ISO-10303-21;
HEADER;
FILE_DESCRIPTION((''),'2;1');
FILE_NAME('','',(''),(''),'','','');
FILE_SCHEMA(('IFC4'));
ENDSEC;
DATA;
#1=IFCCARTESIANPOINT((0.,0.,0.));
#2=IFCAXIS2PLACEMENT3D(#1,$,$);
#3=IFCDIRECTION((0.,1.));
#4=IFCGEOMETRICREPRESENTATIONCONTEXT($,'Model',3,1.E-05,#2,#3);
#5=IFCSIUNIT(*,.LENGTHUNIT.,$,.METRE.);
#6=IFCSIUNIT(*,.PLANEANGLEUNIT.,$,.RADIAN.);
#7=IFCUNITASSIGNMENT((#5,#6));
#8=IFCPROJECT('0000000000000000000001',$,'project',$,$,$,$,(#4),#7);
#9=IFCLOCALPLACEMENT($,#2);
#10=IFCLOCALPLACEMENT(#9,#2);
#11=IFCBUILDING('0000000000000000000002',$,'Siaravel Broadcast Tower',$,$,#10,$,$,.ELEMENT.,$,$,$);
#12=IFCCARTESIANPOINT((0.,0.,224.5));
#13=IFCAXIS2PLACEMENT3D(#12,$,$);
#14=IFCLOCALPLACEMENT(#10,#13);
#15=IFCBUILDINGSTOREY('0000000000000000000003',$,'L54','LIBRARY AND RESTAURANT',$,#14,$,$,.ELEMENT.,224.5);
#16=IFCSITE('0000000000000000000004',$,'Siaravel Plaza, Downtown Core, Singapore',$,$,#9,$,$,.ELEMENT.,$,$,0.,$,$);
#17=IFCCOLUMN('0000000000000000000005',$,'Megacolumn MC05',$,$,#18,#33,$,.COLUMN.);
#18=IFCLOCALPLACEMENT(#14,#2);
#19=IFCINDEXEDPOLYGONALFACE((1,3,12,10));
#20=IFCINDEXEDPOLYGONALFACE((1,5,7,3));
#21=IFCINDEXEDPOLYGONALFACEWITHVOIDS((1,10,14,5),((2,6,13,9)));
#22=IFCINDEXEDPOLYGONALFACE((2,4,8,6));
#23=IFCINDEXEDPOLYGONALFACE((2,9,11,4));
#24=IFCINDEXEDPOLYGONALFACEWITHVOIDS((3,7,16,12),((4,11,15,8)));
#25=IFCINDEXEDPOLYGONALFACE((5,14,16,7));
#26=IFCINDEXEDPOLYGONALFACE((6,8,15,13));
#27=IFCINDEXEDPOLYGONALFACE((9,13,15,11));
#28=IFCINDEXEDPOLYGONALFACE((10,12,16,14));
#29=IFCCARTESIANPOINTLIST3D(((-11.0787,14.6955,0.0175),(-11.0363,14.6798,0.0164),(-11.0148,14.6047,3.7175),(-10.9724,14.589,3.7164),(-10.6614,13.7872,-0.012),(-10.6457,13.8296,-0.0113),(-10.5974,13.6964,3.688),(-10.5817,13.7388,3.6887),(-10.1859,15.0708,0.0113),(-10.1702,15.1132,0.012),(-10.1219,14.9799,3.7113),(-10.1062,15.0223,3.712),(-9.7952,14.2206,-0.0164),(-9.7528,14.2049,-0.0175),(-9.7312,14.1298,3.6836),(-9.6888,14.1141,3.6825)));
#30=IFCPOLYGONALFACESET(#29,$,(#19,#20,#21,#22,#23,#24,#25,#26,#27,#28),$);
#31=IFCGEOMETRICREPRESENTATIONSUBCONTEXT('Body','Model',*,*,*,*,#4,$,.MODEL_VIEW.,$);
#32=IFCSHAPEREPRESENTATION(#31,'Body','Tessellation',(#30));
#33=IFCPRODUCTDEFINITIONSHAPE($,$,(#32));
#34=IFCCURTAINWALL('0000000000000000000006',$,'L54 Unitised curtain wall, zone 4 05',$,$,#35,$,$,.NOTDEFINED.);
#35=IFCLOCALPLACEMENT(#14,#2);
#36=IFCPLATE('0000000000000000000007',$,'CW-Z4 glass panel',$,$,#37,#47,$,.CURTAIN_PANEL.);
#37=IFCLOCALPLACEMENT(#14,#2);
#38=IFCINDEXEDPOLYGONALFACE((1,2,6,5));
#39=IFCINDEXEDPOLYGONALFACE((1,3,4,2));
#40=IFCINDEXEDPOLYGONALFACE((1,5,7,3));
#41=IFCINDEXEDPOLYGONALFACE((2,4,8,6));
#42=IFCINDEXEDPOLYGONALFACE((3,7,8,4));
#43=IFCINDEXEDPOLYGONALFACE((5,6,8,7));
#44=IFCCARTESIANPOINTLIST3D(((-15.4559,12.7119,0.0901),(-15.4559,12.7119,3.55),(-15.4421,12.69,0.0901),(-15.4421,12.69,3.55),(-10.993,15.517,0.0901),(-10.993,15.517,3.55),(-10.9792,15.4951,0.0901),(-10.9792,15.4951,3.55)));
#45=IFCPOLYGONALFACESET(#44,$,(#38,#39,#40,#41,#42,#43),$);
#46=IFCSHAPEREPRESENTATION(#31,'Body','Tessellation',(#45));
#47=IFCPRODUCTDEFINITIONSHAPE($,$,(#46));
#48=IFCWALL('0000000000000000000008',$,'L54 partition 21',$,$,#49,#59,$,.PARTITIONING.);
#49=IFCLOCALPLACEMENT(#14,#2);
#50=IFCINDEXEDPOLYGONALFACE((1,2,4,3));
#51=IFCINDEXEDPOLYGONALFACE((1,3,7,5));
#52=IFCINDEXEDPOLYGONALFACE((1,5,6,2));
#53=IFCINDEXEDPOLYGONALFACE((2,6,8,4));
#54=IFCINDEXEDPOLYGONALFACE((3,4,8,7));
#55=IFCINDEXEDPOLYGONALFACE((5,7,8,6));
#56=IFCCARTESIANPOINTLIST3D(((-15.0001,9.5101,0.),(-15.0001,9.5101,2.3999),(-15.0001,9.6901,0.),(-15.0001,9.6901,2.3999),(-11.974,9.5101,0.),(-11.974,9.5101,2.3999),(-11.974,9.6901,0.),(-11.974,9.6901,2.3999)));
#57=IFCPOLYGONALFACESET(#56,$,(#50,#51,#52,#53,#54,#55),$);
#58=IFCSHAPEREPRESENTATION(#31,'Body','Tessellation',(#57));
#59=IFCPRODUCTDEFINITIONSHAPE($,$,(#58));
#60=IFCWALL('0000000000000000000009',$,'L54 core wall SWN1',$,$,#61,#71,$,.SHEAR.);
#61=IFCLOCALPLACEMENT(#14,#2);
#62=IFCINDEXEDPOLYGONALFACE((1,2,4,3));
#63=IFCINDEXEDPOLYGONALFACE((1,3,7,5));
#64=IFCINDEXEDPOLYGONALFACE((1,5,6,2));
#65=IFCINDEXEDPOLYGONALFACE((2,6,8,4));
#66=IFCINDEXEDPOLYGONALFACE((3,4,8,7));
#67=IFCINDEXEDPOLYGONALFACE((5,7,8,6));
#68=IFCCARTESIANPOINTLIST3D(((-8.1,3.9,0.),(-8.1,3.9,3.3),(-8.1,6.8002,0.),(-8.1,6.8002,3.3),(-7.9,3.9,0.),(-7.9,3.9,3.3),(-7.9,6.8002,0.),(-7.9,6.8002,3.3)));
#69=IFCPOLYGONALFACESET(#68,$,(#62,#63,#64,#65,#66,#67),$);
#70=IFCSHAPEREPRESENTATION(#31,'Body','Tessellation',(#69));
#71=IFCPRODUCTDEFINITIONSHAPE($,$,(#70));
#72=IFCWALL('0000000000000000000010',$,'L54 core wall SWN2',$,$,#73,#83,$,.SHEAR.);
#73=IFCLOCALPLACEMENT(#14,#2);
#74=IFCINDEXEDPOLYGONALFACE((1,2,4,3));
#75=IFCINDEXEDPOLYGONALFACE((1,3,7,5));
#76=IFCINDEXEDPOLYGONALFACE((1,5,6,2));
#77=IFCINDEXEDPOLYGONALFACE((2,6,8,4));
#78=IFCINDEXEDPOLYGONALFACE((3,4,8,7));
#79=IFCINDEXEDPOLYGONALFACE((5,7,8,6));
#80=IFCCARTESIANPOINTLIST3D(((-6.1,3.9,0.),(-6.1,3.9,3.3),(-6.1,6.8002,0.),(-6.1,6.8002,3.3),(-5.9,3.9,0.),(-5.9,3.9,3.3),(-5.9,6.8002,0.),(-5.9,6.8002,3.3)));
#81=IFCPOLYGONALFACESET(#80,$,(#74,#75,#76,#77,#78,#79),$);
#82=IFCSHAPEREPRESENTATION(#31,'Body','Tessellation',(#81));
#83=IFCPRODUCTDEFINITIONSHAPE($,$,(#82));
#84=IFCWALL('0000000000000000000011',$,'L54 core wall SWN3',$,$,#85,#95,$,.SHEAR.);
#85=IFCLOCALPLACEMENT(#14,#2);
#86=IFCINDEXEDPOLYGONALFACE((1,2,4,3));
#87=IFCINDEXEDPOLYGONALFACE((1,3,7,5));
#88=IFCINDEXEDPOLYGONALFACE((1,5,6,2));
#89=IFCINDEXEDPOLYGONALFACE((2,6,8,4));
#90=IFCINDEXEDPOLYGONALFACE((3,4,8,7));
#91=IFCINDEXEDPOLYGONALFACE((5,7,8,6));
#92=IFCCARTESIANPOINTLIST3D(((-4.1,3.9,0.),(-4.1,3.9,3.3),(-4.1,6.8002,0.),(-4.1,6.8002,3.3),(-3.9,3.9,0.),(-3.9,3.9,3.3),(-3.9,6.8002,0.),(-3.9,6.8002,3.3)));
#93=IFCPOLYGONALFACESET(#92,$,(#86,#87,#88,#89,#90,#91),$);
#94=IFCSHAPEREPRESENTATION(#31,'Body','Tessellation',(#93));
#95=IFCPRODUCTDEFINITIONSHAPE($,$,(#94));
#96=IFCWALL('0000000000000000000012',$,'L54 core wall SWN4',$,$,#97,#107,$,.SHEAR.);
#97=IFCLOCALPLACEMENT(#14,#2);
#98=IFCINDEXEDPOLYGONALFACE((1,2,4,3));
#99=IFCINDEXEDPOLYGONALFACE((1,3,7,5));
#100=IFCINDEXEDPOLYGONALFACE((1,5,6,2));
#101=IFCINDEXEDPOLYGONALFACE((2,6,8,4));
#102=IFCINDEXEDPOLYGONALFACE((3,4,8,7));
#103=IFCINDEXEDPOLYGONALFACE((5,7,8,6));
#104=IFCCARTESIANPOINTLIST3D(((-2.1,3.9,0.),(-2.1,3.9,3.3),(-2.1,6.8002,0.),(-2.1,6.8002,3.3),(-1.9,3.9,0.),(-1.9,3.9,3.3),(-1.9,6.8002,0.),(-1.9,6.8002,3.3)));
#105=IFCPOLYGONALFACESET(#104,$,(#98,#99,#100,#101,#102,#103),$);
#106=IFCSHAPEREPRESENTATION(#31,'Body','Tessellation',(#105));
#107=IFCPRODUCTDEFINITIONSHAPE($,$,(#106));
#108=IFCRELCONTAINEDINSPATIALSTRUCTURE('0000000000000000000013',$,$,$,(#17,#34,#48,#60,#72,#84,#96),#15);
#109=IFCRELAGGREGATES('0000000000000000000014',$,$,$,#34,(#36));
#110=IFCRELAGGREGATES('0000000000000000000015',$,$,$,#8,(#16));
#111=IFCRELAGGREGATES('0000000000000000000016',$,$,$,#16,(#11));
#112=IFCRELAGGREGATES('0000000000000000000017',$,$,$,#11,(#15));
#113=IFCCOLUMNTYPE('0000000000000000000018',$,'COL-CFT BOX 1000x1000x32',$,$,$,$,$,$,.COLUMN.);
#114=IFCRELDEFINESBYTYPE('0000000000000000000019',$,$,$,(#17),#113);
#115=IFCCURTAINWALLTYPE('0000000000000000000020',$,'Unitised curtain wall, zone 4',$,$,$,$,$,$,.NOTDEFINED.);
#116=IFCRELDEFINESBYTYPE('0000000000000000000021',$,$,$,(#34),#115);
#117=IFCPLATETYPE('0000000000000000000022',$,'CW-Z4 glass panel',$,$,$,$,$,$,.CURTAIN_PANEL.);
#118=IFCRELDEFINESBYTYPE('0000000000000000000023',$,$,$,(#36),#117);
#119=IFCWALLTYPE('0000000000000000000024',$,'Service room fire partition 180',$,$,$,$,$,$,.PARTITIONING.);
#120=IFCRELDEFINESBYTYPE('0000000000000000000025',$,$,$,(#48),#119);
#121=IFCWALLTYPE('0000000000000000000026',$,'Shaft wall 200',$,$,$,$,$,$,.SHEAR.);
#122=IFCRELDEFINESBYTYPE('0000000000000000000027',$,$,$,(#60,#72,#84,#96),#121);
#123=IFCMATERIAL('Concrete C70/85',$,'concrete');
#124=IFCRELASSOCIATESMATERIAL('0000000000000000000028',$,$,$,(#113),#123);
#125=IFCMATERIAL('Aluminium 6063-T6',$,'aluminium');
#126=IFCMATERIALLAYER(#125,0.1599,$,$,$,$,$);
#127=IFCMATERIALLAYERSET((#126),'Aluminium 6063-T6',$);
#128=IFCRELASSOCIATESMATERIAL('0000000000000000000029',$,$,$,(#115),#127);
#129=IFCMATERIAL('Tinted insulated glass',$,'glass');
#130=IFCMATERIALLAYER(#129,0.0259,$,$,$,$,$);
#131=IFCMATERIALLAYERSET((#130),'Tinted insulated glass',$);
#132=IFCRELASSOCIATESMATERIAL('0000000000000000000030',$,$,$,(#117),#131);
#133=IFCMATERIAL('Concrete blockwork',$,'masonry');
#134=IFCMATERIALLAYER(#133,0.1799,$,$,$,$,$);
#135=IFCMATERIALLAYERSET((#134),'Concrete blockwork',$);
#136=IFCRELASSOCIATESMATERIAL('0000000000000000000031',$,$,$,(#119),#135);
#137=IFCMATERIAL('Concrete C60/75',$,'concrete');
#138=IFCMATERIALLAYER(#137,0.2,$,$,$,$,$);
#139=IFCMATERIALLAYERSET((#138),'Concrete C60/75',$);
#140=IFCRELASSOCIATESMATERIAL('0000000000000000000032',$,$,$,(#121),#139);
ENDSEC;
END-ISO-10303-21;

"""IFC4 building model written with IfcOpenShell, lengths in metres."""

from ifc_helpers import new_model, si_unit, direction, frame, frame_2d, origin, origin_2d, place, context, subcontext, project, spatial, rectangle, hollow_rectangle, extrude, material, layer, layer_set, material_profile, profile_set, type_object, element, aggregate, save


model = new_model("IFC4")

# Units and contexts
model_context = context("Model", 3, precision=1e-05, world=origin(), true_north=direction((0.0, 1.0)))
body_context = subcontext(model_context, "Body", "Model", "MODEL_VIEW")
ifc_project = project(units=[si_unit("LENGTHUNIT", "METRE"), si_unit("PLANEANGLEUNIT", "RADIAN")], contexts=[model_context])

# Site, building, storey
site_placement = place(None, origin())
site = spatial("IfcSite", under=ifc_project, at=site_placement, Name="Siaravel Plaza, Downtown Core, Singapore", CompositionType="ELEMENT", RefElevation=0.0)
building_placement = place(site_placement, origin())
building = spatial("IfcBuilding", under=site, at=building_placement, Name="Siaravel Broadcast Tower", CompositionType="ELEMENT")
storey_placement = place(building_placement, frame((0.0, 0.0, 224.5)))
storey = spatial("IfcBuildingStorey", under=building, at=storey_placement, Name="L54", Description="LIBRARY AND RESTAURANT", CompositionType="ELEMENT", Elevation=224.5)

# Column
ifc_material_1 = material(Name="Concrete C70/85", Category="concrete")
ifc_material_profile = material_profile(ifc_material_1, hollow_rectangle(XDim=1.0, YDim=1.0, WallThickness=0.032, at=origin_2d()))
ifc_profile_set = profile_set([ifc_material_profile], Name="Concrete C70/85")
column_type = type_object("IfcColumnType", Name="COL-CFT BOX 1000x1000x32", PredefinedType="COLUMN", material=ifc_profile_set)
column_placement = place(storey_placement, frame((-10.4158, 14.4502, 0.0), z_axis=(0.01728, -0.024535, 0.99955), x_axis=(0.908584, 0.417666, -0.005455)))
element("IfcColumn", 1, at=column_placement, inside=storey, type_object=column_type, Name="Megacolumn MC05", PredefinedType="COLUMN", context=body_context, shape_type="SweptSolid", body=[
    extrude(hollow_rectangle(XDim=1.0, YDim=1.0, WallThickness=0.032, at=origin_2d()), origin(), (0.0, 0.0, 1.0), 3.7017),
])

# Curtain wall, plate
ifc_material_2 = material(Name="Aluminium 6063-T6", Category="aluminium")
ifc_layer_1 = layer(ifc_material_2, 0.1599)
ifc_layer_set_1 = layer_set([ifc_layer_1], Name="Aluminium 6063-T6")
curtain_wall_type = type_object("IfcCurtainWallType", Name="Unitised curtain wall, zone 4", PredefinedType="NOTDEFINED", material=ifc_layer_set_1)
curtain_wall_placement = place(storey_placement, origin())
curtain_wall = element("IfcCurtainWall", 2, at=curtain_wall_placement, inside=storey, type_object=curtain_wall_type, Name="L54 Unitised curtain wall, zone 4 05", PredefinedType="NOTDEFINED")
ifc_material_3 = material(Name="Tinted insulated glass", Category="glass")
ifc_layer_2 = layer(ifc_material_3, 0.0259)
ifc_layer_set_2 = layer_set([ifc_layer_2], Name="Tinted insulated glass")
plate_type = type_object("IfcPlateType", Name="CW-Z4 glass panel", PredefinedType="CURTAIN_PANEL", material=ifc_layer_set_2)
plate_placement = place(storey_placement, frame((-13.2175, 14.1035, 0.0901), z_axis=(0.0, 0.0, 1.0), x_axis=(-0.84665, -0.53215, 0.0)))
plate = element("IfcPlate", 3, at=plate_placement, type_object=plate_type, Name="CW-Z4 glass panel", PredefinedType="CURTAIN_PANEL", context=body_context, shape_type="SweptSolid", body=[
    extrude(rectangle(XDim=5.2712, YDim=0.0259, at=origin_2d()), origin(), (0.0, 0.0, 1.0), 3.46),
])
aggregate(curtain_wall, [plate])

# Shared definitions
ifc_material_4 = material(Name="Concrete C60/75", Category="concrete")

# Walls
ifc_material_5 = material(Name="Concrete blockwork", Category="masonry")
ifc_layer_3 = layer(ifc_material_5, 0.1799)
ifc_layer_set_3 = layer_set([ifc_layer_3], Name="Concrete blockwork")
wall_type_1 = type_object("IfcWallType", Name="Service room fire partition 180", PredefinedType="PARTITIONING", material=ifc_layer_set_3)
wall_1_placement = place(storey_placement, frame((-11.9739, 9.6001, 0.0), z_axis=(0.0, 0.0, 1.0), x_axis=(-1.0, 0.0, 0.0)))
element("IfcWall", 4, at=wall_1_placement, inside=storey, type_object=wall_type_1, Name="L54 partition 21", PredefinedType="PARTITIONING", context=body_context, shape_type="SweptSolid", body=[
    extrude(rectangle(XDim=3.0261, YDim=0.1799, at=frame_2d((1.5132, 0.0))), origin(), (0.0, 0.0, 1.0), 2.3999),
])
ifc_layer_4 = layer(ifc_material_4, 0.2)
ifc_layer_set_4 = layer_set([ifc_layer_4], Name="Concrete C60/75")
wall_type_2 = type_object("IfcWallType", Name="Shaft wall 200", PredefinedType="SHEAR", material=ifc_layer_set_4)
for number, where, z_axis, x_axis, name in (
    (5, (-8.0, 3.8999, 0.0), (0.0, 0.0, 1.0), (0.0, 1.0, 0.0), "L54 core wall SWN1"),
    (6, (-6.0, 3.8999, 0.0), (0.0, 0.0, 1.0), (0.0, 1.0, 0.0), "L54 core wall SWN2"),
    (7, (-4.0, 3.8999, 0.0), (0.0, 0.0, 1.0), (0.0, 1.0, 0.0), "L54 core wall SWN3"),
    (8, (-2.0, 3.8999, 0.0), (0.0, 0.0, 1.0), (0.0, 1.0, 0.0), "L54 core wall SWN4"),
):
    element("IfcWall", number, at=place(storey_placement, frame(where, z_axis=z_axis, x_axis=x_axis)), inside=storey, type_object=wall_type_2, Name=name, PredefinedType="SHEAR", context=body_context, shape_type="SweptSolid", body=[
        extrude(rectangle(XDim=2.9001, YDim=0.2, at=frame_2d((1.4502, 0.0))), origin(), (0.0, 0.0, 1.0), 3.3),
    ])

save(model, "model.ifc")
